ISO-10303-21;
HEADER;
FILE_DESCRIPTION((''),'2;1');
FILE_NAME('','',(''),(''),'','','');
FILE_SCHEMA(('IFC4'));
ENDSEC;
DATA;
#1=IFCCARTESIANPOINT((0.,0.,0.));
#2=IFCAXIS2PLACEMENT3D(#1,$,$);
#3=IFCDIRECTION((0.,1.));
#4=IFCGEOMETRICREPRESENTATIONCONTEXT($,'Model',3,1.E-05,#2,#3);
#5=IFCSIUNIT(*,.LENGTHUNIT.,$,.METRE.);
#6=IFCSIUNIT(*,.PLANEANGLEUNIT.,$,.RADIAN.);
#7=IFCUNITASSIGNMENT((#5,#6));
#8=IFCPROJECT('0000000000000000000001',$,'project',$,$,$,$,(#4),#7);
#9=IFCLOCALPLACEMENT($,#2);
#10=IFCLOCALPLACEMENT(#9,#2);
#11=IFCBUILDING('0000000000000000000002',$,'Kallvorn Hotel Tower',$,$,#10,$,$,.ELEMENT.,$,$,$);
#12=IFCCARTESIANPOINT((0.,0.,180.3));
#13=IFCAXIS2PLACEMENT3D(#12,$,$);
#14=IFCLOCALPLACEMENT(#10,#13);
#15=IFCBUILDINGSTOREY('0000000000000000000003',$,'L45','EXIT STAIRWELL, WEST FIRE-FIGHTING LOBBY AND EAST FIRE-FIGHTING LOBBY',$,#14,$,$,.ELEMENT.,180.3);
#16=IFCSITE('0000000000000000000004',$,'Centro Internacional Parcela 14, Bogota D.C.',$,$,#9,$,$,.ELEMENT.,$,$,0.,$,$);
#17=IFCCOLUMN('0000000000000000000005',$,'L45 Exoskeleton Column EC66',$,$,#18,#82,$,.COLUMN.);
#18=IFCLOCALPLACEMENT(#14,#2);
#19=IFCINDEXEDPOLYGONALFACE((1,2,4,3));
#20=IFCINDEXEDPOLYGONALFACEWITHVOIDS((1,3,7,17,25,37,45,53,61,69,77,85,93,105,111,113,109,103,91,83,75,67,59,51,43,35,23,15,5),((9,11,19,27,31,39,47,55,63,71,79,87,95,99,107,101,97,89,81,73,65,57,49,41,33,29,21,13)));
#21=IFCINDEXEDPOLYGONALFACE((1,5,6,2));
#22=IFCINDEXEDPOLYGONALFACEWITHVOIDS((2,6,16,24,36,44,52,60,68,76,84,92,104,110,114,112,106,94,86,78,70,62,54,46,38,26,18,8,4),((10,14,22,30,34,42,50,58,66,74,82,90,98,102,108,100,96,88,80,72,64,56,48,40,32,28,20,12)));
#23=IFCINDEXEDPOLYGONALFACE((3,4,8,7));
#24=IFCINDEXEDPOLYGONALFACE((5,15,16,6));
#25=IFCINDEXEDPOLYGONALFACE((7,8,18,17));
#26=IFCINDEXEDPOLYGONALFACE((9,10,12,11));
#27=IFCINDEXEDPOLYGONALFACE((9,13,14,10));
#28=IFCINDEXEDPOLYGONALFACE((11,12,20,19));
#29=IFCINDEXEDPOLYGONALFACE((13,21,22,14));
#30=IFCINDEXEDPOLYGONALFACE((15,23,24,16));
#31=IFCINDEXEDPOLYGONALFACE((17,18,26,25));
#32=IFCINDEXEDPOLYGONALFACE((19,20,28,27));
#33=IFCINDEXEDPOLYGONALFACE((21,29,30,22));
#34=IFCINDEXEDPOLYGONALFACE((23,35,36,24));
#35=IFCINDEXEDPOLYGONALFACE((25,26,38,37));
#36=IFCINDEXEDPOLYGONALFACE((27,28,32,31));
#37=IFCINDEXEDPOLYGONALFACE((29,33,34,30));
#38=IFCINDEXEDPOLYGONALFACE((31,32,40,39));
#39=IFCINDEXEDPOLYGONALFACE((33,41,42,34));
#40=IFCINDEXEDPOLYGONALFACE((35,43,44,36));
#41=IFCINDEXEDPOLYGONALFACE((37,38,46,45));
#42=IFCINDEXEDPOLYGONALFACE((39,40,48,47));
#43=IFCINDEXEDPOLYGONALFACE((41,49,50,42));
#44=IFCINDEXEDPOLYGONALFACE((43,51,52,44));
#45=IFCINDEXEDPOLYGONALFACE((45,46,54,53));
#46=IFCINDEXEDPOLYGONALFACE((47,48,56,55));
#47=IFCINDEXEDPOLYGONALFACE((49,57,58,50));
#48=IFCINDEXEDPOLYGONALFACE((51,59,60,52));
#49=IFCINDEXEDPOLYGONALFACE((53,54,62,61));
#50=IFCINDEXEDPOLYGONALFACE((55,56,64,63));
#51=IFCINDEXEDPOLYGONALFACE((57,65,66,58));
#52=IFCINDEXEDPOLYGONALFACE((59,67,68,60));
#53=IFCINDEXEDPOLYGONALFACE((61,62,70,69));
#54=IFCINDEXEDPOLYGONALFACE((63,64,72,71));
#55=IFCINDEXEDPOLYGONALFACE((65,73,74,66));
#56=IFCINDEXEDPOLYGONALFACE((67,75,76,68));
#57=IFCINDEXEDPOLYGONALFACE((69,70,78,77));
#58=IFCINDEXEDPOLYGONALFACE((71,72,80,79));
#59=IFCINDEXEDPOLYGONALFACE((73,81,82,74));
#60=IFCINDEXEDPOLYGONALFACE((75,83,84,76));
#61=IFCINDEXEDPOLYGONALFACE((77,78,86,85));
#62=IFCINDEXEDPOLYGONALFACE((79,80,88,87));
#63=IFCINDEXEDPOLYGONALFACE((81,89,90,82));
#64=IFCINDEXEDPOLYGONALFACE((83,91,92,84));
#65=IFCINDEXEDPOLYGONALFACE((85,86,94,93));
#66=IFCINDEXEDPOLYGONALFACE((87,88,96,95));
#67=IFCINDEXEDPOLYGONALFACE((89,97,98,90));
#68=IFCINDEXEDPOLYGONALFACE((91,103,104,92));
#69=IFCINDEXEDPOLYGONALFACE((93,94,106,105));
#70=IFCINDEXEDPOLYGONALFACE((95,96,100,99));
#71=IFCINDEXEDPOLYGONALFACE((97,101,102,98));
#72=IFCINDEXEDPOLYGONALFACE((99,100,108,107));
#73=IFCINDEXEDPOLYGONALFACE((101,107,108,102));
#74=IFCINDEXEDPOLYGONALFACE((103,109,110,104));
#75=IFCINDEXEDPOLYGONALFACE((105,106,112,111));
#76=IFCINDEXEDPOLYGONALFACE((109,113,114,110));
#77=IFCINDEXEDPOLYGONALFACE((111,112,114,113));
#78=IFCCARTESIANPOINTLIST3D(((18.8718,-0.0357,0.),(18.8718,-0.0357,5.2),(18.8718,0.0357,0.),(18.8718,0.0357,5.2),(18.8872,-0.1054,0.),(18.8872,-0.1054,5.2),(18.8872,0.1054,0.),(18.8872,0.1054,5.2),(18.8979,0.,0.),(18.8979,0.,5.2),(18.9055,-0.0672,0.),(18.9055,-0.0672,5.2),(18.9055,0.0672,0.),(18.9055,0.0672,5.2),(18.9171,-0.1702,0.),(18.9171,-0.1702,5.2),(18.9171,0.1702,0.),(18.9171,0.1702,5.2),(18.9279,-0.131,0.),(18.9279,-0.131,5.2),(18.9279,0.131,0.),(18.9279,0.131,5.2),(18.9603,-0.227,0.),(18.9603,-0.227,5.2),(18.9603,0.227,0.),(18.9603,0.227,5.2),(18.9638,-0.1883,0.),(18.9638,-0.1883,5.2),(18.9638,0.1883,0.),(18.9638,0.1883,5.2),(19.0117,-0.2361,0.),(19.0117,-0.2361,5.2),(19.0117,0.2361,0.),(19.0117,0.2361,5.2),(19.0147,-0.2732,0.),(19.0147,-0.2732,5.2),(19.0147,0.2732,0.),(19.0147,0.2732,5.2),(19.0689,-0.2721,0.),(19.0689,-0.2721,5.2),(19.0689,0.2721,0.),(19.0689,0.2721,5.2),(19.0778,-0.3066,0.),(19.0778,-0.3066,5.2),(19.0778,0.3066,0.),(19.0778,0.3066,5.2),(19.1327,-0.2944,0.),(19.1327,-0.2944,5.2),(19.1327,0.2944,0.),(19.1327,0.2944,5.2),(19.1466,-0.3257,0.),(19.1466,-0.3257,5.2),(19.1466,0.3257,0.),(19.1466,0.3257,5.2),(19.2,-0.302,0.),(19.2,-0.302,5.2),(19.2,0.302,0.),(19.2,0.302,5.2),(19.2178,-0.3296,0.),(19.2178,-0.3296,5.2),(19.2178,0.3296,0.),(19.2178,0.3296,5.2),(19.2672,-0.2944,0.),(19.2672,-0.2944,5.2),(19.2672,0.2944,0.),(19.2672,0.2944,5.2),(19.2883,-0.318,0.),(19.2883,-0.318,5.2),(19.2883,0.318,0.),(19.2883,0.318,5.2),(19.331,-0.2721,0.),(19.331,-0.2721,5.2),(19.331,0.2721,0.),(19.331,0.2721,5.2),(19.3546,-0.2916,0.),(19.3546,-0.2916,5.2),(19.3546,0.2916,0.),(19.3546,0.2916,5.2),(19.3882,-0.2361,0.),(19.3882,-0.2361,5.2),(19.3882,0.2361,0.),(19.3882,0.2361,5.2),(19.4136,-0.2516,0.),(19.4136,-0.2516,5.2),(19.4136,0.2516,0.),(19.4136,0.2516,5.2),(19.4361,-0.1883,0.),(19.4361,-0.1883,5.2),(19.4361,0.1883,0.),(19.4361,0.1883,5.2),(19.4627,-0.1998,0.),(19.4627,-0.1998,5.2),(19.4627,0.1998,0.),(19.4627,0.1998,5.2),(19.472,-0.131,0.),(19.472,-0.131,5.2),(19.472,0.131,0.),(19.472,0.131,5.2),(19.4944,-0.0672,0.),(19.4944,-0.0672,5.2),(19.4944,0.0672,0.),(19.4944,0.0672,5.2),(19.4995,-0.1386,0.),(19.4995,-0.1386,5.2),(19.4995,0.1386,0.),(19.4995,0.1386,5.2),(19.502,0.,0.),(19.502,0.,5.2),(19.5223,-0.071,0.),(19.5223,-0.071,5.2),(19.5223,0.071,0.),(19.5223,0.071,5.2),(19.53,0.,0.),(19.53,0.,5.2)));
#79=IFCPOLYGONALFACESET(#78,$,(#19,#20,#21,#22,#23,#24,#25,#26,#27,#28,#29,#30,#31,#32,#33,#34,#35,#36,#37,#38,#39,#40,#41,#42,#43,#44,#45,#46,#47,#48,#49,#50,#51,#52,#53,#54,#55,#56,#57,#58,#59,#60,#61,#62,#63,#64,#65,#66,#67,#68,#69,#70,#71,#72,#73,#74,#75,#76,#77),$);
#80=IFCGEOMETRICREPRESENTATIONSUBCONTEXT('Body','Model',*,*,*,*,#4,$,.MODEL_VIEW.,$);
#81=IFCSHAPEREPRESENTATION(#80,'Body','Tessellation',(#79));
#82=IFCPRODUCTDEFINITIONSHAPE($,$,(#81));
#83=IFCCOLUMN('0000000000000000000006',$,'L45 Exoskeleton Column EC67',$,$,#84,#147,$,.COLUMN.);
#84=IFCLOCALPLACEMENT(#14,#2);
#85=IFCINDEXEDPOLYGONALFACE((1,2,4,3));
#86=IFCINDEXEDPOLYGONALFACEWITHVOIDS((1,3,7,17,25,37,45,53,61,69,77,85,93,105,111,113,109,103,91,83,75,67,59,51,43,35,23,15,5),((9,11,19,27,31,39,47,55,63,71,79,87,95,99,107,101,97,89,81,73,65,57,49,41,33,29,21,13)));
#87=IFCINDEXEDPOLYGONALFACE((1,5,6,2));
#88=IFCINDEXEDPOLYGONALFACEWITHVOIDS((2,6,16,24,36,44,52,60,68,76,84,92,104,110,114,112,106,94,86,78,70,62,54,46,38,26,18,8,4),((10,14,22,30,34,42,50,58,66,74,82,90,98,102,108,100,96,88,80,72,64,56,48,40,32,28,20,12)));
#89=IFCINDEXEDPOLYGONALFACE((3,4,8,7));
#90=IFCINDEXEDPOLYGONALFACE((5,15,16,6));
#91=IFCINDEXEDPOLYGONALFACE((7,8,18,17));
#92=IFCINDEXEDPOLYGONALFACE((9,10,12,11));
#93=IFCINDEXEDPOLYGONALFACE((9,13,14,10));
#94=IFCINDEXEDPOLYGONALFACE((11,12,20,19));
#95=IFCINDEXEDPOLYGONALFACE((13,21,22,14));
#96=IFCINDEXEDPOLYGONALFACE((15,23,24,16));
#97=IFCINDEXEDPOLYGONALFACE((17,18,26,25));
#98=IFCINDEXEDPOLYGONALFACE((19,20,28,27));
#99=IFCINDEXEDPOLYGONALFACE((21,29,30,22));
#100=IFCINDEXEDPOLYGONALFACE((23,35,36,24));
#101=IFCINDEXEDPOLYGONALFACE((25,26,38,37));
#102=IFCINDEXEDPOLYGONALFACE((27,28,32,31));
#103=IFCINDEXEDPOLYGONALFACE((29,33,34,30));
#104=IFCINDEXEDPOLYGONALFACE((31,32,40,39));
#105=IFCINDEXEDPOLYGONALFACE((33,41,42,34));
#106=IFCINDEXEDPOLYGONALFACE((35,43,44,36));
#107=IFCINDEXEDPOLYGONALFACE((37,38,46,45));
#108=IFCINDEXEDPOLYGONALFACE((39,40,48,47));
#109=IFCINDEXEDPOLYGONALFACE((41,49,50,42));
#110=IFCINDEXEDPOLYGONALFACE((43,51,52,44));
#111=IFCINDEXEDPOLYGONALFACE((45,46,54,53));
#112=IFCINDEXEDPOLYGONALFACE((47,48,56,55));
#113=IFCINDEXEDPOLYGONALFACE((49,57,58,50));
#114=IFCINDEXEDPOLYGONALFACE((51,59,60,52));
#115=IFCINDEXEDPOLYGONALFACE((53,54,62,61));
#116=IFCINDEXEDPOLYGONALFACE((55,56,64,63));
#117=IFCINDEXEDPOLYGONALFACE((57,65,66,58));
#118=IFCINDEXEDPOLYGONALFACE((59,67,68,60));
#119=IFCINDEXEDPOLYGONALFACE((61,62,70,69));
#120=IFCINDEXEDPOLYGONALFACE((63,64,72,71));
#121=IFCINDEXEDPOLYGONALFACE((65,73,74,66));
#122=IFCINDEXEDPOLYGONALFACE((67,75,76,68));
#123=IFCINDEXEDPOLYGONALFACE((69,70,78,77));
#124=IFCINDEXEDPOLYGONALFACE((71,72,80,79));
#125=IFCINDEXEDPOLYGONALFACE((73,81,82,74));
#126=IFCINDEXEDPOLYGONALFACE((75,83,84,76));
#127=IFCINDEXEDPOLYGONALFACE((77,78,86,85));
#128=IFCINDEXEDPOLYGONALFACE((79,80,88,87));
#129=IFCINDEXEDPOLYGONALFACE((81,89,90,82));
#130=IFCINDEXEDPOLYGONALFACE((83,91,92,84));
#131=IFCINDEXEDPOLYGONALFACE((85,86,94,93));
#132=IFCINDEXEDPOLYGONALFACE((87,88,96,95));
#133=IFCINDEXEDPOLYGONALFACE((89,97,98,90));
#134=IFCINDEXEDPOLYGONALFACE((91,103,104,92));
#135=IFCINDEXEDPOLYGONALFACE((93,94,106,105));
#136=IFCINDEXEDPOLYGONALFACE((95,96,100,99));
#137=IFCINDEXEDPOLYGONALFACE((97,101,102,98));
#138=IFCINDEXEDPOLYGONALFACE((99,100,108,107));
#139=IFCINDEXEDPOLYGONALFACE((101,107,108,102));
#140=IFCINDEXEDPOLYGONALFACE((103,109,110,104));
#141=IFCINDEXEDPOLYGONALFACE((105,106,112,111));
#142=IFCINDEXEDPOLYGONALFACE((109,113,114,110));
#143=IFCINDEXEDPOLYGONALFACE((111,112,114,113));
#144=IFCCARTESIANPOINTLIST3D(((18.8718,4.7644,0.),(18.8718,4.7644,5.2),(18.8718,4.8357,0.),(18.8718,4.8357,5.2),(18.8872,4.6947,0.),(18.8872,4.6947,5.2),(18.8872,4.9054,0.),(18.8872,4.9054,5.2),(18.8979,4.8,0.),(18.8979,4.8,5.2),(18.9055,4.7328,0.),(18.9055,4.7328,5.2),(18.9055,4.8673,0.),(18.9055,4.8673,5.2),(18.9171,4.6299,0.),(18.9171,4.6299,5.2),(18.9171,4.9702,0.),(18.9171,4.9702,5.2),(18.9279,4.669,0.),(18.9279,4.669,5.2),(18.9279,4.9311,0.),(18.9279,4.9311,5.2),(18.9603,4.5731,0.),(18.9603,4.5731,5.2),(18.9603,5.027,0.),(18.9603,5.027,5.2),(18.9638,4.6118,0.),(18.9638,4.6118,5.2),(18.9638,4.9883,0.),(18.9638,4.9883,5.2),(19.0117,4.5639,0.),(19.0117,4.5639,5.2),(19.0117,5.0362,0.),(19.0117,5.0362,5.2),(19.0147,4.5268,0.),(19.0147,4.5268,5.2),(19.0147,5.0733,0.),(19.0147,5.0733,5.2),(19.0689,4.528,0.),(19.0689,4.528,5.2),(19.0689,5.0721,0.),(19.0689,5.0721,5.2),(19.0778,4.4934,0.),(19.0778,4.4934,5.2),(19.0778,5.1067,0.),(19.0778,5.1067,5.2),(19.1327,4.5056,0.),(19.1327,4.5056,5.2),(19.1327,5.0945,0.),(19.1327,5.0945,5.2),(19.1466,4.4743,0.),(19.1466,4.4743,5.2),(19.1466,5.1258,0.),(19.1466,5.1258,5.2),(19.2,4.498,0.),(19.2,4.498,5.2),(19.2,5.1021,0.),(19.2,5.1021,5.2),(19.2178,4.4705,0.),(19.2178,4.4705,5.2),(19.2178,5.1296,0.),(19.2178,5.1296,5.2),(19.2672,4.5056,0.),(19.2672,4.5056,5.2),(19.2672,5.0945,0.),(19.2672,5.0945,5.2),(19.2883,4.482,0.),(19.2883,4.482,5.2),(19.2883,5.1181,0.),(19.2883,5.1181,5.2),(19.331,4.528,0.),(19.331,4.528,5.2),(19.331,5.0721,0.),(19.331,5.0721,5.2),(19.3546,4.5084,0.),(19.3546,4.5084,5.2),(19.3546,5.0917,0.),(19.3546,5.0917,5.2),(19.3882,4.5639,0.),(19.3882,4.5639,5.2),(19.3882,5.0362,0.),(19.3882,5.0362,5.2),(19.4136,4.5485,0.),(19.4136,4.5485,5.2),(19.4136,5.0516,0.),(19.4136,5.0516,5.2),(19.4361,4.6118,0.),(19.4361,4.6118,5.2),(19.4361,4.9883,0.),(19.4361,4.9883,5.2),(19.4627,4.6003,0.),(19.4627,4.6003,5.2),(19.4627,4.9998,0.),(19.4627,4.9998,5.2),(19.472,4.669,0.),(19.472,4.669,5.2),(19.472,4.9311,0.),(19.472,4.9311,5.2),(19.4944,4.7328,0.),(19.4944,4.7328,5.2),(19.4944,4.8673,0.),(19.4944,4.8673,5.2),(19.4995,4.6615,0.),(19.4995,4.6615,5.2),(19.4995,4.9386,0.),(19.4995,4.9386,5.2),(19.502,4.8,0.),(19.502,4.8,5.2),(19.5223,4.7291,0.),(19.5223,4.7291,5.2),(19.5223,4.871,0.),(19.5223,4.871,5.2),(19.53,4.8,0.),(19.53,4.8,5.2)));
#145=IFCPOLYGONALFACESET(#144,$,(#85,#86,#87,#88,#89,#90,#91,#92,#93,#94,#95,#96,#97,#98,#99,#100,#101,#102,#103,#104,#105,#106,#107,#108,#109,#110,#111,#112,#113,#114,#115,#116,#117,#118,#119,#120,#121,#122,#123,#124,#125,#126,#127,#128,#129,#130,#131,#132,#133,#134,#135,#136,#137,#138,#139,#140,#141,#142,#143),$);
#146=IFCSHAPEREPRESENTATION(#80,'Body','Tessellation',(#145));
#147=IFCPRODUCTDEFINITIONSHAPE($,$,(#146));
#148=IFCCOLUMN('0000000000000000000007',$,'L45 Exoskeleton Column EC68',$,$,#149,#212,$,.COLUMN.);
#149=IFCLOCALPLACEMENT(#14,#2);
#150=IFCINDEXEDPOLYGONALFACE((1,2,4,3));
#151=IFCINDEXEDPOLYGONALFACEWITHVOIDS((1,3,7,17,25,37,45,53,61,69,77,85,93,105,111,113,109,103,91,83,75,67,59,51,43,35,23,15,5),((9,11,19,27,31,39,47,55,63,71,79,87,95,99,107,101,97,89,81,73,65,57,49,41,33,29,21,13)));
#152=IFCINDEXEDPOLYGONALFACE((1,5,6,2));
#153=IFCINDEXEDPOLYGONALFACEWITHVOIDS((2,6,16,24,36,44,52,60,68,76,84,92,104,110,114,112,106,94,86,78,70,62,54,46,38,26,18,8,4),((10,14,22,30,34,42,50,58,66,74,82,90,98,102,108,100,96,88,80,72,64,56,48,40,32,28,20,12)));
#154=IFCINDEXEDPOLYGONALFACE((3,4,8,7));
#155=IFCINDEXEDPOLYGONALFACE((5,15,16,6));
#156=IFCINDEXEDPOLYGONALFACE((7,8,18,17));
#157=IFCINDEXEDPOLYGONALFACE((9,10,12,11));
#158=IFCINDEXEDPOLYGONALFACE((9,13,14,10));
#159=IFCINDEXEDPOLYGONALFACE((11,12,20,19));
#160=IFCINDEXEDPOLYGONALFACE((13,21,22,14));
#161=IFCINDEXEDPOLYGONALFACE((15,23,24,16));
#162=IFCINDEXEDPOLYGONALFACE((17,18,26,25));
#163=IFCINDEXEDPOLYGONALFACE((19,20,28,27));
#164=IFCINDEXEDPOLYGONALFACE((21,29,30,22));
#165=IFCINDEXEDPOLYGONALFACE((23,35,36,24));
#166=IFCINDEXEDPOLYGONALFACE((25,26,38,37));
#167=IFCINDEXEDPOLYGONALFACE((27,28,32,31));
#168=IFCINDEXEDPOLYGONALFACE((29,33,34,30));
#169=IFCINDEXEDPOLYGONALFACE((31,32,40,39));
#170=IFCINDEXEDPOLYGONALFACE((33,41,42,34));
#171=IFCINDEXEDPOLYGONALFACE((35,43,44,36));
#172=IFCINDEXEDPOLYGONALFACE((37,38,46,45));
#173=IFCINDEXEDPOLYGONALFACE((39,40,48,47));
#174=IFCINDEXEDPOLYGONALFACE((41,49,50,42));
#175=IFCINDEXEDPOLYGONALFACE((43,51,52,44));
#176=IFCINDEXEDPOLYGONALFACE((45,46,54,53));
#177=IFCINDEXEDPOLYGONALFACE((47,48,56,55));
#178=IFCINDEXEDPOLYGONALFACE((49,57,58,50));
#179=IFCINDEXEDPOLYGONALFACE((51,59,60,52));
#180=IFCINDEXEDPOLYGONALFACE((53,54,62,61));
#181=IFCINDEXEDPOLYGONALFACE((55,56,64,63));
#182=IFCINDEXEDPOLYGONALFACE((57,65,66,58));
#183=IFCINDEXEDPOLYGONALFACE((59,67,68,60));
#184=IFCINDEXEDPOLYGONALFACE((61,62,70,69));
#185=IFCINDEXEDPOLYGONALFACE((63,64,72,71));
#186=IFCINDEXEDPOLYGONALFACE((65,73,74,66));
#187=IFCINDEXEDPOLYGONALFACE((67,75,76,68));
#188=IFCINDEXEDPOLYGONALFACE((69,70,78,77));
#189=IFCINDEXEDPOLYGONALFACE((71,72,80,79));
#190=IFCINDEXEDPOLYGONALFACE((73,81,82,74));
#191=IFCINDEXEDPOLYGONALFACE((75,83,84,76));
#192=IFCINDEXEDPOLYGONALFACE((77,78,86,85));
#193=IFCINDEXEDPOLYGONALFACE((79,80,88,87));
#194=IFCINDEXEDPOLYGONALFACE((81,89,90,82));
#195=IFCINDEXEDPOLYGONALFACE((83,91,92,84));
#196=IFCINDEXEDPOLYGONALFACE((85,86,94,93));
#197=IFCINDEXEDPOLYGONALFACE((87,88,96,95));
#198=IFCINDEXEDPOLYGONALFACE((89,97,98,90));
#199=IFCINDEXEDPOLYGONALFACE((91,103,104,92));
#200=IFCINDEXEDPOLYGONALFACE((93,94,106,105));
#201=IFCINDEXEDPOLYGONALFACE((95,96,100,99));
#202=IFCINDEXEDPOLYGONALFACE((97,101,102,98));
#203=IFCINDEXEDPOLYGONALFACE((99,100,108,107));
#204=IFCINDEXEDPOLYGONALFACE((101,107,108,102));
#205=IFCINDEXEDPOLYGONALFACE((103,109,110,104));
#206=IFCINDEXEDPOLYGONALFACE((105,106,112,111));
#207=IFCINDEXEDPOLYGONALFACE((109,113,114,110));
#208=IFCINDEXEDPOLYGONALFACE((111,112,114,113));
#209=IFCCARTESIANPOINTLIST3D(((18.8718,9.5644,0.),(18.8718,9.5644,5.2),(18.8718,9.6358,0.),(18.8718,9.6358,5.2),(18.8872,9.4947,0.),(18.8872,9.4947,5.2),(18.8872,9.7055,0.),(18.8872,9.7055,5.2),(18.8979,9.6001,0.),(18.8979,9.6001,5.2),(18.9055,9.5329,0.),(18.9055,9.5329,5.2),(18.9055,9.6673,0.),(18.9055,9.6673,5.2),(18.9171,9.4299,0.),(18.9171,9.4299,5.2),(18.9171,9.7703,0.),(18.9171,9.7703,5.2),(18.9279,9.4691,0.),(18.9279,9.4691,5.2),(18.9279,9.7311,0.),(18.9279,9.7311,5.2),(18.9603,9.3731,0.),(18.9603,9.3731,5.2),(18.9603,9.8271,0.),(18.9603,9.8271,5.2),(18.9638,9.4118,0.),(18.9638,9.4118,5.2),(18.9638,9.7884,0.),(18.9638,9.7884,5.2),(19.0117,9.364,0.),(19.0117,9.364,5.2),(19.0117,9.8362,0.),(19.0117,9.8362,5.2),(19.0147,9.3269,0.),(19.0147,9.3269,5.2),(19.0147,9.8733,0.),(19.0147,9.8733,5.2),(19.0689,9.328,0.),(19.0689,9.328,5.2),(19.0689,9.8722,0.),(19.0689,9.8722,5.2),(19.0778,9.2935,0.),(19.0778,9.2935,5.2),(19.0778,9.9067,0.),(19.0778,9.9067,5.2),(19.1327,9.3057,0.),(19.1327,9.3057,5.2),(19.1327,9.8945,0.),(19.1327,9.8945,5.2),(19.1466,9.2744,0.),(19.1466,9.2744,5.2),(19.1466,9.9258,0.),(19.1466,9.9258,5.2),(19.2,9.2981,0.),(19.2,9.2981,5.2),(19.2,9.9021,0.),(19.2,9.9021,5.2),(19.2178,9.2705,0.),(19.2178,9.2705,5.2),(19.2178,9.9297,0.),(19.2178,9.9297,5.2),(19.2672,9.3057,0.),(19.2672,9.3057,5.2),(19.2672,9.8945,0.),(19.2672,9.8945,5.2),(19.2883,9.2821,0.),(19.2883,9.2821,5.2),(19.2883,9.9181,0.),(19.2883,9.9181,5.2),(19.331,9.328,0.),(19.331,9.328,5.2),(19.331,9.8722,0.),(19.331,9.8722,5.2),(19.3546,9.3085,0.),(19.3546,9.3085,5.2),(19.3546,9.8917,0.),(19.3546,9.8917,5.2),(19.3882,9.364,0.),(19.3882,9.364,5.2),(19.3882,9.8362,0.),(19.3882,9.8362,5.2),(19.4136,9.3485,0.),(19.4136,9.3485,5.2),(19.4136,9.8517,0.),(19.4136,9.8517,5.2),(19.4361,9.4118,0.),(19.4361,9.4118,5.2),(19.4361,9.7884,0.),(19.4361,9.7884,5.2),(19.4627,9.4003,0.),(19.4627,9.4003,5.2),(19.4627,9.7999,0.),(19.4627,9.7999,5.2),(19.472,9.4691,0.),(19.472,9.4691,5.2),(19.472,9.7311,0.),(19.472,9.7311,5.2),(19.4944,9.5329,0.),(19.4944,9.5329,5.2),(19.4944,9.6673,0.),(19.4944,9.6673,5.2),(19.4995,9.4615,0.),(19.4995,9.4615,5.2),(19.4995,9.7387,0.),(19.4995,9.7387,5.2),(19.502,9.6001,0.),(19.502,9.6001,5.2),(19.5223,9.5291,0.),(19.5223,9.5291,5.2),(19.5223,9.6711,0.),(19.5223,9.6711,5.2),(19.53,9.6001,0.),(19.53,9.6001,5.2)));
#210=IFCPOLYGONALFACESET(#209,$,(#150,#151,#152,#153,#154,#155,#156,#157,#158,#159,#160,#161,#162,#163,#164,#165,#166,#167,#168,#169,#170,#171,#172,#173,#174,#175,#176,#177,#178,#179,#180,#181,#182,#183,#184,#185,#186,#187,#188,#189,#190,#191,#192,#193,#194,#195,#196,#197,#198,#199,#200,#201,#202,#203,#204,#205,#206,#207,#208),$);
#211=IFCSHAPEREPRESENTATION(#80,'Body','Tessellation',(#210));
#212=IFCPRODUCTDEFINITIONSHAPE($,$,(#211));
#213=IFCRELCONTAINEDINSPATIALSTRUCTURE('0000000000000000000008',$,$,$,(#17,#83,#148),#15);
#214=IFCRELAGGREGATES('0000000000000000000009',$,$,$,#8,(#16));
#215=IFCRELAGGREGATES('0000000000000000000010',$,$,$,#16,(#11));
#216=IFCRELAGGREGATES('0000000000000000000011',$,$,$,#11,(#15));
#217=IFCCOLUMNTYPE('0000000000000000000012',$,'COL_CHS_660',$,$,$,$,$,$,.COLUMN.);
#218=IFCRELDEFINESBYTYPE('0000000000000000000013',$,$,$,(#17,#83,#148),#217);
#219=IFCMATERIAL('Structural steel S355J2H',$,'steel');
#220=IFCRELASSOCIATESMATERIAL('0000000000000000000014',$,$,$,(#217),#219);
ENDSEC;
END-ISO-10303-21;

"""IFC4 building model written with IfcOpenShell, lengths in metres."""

from ifc_helpers import new_model, si_unit, direction, frame, origin, origin_2d, place, context, subcontext, project, spatial, hollow_circle, extrude, material, material_profile, profile_set, type_object, element, save


model = new_model("IFC4")

# Units and contexts
model_context = context("Model", 3, precision=1e-05, world=origin(), true_north=direction((0.0, 1.0)))
body_context = subcontext(model_context, "Body", "Model", "MODEL_VIEW")
ifc_project = project(units=[si_unit("LENGTHUNIT", "METRE"), si_unit("PLANEANGLEUNIT", "RADIAN")], contexts=[model_context])

# Site, building, storey
site_placement = place(None, origin())
site = spatial("IfcSite", under=ifc_project, at=site_placement, Name="Centro Internacional Parcela 14, Bogota D.C.", CompositionType="ELEMENT", RefElevation=0.0)
building_placement = place(site_placement, origin())
building = spatial("IfcBuilding", under=site, at=building_placement, Name="Kallvorn Hotel Tower", CompositionType="ELEMENT")
storey_placement = place(building_placement, frame((0.0, 0.0, 180.3)))
storey = spatial("IfcBuildingStorey", under=building, at=storey_placement, Name="L45", Description="EXIT STAIRWELL, WEST FIRE-FIGHTING LOBBY AND EAST FIRE-FIGHTING LOBBY", CompositionType="ELEMENT", Elevation=180.3)

# Columns
ifc_material_1 = material(Name="Structural steel S355J2H", Category="steel")
ifc_material_profile_1 = material_profile(ifc_material_1, hollow_circle(Radius=0.3301, WallThickness=0.0281, at=origin_2d()), Name="CHS 660x28")
ifc_profile_set_1 = profile_set([ifc_material_profile_1], Name="Structural steel S355J2H")
column_type_1 = type_object("IfcColumnType", Name="COL_CHS_660", PredefinedType="COLUMN", material=ifc_profile_set_1)
for number, where, z_axis, x_axis, name in (
    (1, (19.2, 0.0, 0.0), (0.0, 0.0, 1.0), (1.0, 0.0, 0.0), "L45 Exoskeleton Column EC66"),
    (2, (19.2, 4.8, 0.0), (0.0, 0.0, 1.0), (1.0, 0.0, 0.0), "L45 Exoskeleton Column EC67"),
    (3, (19.2, 9.6001, 0.0), (0.0, 0.0, 1.0), (1.0, 0.0, 0.0), "L45 Exoskeleton Column EC68"),
):
    element("IfcColumn", number, at=place(storey_placement, frame(where, z_axis=z_axis, x_axis=x_axis)), inside=storey, type_object=column_type_1, Name=name, PredefinedType="COLUMN", context=body_context, shape_type="SweptSolid", body=[
        extrude(hollow_circle(Radius=0.3301, WallThickness=0.0281, at=origin_2d()), origin(), (0.0, 0.0, 1.0), 5.2),
    ])

save(model, "model.ifc")
